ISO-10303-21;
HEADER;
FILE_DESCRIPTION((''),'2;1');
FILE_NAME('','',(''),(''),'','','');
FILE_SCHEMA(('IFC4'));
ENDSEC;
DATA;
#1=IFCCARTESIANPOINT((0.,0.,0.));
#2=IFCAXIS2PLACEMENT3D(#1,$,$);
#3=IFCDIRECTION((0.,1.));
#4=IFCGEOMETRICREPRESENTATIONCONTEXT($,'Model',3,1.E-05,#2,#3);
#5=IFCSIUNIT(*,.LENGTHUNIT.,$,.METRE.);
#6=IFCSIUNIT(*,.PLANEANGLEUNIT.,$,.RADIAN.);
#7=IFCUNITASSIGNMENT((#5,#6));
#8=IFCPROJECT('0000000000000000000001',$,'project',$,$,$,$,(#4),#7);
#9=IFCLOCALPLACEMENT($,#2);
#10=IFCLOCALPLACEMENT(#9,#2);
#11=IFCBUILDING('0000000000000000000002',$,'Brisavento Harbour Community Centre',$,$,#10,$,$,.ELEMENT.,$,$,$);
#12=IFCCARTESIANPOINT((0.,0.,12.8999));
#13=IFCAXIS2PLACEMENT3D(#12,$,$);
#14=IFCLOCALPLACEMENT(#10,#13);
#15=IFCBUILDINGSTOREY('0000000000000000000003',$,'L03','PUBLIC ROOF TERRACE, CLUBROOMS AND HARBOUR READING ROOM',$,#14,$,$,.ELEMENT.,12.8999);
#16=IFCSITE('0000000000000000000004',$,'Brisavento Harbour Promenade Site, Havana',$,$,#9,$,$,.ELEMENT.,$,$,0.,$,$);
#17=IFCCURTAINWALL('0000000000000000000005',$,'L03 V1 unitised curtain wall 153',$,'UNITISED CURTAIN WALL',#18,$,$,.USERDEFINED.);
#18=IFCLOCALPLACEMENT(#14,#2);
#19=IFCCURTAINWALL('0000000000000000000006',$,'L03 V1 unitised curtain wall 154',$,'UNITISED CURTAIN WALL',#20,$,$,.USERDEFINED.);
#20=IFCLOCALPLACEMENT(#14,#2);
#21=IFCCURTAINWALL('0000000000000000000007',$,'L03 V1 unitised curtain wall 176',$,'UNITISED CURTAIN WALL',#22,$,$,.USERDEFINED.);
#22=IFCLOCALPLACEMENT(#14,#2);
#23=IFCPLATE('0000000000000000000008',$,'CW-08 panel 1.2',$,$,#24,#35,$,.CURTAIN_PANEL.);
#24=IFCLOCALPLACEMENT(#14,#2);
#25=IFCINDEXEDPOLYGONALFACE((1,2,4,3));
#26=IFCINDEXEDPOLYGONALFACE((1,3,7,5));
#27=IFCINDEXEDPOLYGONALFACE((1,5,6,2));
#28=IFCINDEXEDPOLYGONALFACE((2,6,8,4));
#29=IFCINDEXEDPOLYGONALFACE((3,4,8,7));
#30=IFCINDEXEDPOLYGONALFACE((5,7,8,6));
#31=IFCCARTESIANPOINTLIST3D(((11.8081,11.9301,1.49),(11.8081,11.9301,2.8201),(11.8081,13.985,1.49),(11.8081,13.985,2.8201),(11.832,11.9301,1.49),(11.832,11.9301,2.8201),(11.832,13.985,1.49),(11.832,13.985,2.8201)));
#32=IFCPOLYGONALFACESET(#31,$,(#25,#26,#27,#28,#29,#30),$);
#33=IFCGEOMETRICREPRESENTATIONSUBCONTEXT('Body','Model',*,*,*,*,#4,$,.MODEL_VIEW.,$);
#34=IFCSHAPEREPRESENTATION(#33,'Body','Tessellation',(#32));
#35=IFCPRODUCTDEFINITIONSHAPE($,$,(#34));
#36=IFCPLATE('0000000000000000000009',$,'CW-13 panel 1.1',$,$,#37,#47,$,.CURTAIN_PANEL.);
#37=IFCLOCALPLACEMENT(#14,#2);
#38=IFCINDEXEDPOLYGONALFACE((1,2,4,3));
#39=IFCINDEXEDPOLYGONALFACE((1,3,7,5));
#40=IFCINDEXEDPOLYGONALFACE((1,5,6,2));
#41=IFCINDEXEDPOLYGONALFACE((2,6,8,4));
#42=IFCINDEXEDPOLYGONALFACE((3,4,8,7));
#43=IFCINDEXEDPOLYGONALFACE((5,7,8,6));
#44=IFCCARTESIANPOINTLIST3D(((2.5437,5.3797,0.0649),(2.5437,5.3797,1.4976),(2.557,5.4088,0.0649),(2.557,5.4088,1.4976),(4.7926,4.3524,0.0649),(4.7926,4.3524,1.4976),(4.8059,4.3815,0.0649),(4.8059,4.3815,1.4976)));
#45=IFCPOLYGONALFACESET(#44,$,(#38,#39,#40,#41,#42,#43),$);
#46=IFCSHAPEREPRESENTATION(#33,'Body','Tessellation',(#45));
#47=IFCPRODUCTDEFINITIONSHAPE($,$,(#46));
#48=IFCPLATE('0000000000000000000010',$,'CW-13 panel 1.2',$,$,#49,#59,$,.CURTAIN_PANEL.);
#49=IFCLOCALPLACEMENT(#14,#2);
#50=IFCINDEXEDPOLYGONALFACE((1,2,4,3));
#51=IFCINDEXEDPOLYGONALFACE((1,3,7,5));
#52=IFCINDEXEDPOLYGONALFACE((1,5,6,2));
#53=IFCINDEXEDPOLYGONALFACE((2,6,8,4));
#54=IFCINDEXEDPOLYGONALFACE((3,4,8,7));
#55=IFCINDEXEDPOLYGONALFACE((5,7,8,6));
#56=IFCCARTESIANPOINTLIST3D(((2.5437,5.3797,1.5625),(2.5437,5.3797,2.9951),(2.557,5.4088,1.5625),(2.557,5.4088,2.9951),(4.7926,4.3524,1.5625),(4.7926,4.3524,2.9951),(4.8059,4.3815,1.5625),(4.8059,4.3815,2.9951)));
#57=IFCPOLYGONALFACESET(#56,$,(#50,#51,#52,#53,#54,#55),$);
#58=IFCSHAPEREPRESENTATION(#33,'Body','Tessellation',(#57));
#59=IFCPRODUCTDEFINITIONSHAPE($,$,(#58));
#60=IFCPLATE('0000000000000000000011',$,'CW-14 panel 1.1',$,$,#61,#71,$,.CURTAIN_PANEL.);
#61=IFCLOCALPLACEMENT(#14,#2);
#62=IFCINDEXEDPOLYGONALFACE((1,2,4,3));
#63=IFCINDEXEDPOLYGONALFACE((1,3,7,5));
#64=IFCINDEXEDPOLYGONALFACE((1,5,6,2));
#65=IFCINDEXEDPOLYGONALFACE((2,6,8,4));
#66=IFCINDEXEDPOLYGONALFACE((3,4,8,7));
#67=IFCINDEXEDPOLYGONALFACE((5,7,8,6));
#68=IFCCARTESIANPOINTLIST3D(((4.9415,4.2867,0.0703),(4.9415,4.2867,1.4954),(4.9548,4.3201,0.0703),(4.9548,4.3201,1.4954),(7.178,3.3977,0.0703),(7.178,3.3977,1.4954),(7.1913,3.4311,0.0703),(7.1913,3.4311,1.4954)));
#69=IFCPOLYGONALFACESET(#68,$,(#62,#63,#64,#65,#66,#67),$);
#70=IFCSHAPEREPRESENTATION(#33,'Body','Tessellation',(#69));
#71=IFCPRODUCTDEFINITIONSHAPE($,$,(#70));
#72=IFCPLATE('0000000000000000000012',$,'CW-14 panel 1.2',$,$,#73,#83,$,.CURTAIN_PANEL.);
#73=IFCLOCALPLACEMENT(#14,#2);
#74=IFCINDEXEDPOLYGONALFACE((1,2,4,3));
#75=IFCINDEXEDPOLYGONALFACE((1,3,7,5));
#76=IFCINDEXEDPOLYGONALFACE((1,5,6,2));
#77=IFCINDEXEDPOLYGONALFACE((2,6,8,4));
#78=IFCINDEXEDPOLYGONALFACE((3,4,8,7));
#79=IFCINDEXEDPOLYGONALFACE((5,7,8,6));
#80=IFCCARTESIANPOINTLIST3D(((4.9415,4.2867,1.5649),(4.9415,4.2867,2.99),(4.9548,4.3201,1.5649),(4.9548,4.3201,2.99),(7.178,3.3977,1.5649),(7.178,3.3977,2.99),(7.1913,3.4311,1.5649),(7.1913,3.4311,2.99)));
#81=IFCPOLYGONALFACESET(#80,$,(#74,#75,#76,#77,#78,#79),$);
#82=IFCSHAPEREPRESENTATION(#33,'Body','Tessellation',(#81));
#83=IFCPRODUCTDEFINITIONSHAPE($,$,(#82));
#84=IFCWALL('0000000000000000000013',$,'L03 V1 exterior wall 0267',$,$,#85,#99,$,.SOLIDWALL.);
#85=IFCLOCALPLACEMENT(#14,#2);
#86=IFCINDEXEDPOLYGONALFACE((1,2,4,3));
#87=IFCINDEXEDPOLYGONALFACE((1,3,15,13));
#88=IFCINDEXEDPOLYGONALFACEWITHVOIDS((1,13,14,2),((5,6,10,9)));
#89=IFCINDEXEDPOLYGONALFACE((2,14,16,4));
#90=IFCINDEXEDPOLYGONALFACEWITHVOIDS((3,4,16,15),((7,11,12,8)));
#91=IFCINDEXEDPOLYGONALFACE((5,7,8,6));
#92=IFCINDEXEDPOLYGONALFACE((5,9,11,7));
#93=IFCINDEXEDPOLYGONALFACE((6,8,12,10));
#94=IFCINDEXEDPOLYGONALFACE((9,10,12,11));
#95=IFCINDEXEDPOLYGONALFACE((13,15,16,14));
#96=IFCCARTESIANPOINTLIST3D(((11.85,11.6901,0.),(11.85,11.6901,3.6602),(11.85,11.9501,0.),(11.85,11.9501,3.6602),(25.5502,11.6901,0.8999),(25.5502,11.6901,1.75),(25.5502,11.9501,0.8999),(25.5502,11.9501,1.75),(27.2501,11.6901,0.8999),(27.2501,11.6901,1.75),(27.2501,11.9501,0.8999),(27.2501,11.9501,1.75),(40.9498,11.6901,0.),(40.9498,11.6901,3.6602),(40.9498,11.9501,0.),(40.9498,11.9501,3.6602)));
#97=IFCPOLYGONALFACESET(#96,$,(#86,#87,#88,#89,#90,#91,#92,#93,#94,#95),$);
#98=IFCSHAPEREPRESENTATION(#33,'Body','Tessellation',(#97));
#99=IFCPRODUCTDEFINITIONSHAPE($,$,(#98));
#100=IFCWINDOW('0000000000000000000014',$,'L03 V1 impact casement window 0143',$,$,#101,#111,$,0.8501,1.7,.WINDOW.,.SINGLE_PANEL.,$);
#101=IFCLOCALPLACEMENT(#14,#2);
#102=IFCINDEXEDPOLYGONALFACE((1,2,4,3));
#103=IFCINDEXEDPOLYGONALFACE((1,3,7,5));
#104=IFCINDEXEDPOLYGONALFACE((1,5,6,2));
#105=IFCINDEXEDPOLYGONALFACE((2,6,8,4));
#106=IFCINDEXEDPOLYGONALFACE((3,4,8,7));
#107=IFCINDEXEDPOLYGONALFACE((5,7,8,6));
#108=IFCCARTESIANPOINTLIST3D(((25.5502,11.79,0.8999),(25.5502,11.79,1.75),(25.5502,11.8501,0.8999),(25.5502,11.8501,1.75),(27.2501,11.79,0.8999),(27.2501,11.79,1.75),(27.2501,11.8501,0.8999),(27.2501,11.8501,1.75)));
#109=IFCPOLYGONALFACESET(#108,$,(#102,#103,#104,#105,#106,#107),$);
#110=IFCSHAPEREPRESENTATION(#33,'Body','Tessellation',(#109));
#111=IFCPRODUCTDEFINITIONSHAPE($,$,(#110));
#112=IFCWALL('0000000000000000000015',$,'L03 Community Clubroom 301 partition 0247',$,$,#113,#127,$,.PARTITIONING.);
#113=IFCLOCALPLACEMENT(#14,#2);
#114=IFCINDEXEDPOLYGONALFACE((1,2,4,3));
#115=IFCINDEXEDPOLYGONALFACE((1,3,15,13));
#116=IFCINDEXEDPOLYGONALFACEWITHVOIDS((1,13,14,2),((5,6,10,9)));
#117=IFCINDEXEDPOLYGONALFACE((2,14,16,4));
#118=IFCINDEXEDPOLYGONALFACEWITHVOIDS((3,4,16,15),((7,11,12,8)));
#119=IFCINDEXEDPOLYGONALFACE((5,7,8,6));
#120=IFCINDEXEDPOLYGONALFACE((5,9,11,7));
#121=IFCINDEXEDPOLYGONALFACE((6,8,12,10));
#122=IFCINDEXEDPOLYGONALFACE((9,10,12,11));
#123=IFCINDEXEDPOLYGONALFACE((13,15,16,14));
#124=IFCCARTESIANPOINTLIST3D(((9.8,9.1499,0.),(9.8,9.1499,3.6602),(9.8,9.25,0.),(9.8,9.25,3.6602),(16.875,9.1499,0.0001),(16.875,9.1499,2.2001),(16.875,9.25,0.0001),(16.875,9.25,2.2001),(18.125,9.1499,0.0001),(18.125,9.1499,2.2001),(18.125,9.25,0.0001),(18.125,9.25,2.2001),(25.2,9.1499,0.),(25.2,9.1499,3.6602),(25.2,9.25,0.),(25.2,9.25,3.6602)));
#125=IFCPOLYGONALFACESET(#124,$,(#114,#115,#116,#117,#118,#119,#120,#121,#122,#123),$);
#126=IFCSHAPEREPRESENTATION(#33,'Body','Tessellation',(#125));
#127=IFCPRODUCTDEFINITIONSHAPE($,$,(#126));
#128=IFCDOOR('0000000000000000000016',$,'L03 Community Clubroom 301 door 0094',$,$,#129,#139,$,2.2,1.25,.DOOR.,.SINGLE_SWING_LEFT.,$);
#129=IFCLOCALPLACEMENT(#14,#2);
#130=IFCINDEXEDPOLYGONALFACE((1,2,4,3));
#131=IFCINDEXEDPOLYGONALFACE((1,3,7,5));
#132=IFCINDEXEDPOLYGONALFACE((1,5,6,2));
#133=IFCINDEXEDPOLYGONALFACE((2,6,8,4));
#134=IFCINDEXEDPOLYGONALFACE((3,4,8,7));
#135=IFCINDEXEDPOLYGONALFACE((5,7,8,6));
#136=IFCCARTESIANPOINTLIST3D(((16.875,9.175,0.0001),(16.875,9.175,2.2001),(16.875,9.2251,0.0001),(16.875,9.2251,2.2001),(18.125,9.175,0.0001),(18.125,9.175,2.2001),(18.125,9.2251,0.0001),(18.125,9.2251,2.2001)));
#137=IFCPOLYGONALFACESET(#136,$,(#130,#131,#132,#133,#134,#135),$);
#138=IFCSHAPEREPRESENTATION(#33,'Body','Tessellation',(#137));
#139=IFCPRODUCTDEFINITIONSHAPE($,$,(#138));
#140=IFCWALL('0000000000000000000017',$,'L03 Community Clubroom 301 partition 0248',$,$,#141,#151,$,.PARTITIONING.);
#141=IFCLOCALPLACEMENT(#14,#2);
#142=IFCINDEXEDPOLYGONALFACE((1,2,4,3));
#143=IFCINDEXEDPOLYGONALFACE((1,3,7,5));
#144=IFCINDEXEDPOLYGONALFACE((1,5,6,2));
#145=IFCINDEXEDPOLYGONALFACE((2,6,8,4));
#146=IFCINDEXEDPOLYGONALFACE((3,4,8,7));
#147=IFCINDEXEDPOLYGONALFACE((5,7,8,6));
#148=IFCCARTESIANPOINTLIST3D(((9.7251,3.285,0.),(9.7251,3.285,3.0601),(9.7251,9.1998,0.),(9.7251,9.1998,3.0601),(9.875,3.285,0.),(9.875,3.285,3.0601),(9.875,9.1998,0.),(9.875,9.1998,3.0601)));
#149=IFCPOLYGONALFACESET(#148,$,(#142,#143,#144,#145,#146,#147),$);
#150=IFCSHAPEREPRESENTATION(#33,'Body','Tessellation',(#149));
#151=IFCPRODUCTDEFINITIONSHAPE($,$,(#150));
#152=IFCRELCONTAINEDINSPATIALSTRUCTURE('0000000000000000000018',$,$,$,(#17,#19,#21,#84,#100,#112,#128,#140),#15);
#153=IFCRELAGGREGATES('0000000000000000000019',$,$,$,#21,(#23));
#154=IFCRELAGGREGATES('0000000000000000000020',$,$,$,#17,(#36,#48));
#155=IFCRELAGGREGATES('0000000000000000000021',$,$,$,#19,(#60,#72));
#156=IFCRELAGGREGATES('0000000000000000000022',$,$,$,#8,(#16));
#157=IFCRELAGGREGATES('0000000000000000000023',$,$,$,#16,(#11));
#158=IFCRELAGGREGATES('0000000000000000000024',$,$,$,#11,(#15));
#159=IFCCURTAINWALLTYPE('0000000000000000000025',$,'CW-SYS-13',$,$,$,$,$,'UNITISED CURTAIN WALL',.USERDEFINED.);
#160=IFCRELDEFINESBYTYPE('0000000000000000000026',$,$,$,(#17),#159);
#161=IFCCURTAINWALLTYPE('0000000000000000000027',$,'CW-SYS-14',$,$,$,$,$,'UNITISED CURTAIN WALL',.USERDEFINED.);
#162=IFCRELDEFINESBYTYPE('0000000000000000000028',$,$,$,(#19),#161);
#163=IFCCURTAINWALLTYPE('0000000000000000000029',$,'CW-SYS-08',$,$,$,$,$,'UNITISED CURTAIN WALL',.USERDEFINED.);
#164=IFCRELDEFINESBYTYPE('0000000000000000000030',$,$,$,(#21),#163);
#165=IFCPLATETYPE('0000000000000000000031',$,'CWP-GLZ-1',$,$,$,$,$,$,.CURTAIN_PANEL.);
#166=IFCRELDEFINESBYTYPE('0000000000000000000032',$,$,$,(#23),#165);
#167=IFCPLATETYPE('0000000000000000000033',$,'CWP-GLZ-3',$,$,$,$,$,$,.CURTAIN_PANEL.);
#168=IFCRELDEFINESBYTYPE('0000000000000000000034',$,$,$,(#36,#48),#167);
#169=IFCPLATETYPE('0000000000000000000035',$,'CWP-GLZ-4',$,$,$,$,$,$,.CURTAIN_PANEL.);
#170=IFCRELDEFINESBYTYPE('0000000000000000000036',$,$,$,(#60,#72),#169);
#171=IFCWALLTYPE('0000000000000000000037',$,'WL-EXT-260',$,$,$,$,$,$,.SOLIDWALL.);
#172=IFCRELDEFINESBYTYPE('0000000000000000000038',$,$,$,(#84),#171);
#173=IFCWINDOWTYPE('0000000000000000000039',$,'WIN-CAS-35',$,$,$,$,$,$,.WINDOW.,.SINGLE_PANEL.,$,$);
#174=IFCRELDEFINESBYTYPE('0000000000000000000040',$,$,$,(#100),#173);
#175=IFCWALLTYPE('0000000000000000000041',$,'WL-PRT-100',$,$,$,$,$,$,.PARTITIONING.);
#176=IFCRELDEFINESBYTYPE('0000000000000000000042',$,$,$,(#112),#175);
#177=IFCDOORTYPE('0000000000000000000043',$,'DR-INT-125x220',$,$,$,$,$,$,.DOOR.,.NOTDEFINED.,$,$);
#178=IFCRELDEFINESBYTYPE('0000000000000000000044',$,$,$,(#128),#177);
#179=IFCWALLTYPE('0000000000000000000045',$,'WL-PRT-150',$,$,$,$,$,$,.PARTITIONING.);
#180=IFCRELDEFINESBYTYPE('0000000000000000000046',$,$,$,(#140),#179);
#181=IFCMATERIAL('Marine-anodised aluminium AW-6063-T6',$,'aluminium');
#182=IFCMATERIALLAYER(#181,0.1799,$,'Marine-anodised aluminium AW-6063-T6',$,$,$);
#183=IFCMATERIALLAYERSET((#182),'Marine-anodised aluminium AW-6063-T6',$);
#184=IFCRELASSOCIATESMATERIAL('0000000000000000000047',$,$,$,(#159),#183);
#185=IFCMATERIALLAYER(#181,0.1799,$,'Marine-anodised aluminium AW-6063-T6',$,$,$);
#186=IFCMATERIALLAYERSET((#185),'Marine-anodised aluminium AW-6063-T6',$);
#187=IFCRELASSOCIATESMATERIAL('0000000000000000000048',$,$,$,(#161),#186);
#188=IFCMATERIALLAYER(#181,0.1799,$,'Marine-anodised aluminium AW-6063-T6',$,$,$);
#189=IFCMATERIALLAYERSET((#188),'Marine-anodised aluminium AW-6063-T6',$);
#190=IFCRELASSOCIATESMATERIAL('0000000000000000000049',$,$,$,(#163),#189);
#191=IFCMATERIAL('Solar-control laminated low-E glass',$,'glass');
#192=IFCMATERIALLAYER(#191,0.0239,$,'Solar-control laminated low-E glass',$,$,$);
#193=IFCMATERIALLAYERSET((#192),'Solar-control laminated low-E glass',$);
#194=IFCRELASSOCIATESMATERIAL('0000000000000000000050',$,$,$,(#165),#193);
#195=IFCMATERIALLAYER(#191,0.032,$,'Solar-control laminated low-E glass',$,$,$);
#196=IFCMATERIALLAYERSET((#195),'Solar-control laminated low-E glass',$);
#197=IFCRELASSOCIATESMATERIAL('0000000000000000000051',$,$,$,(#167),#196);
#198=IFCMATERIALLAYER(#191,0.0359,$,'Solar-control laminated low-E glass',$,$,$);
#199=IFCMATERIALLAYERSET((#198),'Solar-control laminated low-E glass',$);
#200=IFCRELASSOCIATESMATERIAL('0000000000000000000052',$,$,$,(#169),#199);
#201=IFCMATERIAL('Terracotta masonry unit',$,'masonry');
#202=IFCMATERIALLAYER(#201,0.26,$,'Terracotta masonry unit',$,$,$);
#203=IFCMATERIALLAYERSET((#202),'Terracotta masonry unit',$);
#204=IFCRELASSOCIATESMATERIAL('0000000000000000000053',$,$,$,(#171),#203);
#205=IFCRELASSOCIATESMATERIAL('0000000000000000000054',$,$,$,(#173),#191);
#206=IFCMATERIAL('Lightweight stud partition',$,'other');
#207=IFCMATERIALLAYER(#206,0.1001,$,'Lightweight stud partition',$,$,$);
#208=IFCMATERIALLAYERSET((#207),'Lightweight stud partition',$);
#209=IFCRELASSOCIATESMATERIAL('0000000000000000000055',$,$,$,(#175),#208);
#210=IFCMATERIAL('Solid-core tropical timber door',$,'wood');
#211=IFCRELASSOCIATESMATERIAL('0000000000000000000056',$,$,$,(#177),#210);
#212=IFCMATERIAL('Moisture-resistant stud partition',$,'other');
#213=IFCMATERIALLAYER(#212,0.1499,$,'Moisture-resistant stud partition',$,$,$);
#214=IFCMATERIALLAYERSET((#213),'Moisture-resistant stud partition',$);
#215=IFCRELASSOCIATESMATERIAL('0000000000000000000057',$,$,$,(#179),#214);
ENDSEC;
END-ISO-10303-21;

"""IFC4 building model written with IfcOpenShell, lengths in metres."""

from ifc_helpers import new_model, si_unit, direction, frame, frame_2d, origin, origin_2d, place, context, subcontext, project, spatial, rectangle, extrude, material, layer, layer_set, type_object, element, fill, aggregate, save


model = new_model("IFC4")

# Units and contexts
model_context = context("Model", 3, precision=1e-05, world=origin(), true_north=direction((0.0, 1.0)))
body_context = subcontext(model_context, "Body", "Model", "MODEL_VIEW")
ifc_project = project(units=[si_unit("LENGTHUNIT", "METRE"), si_unit("PLANEANGLEUNIT", "RADIAN")], contexts=[model_context])

# Site, building, storey
site_placement = place(None, origin())
site = spatial("IfcSite", under=ifc_project, at=site_placement, Name="Brisavento Harbour Promenade Site, Havana", CompositionType="ELEMENT", RefElevation=0.0)
building_placement = place(site_placement, origin())
building = spatial("IfcBuilding", under=site, at=building_placement, Name="Brisavento Harbour Community Centre", CompositionType="ELEMENT")
storey_placement = place(building_placement, frame((0.0, 0.0, 12.8999)))
storey = spatial("IfcBuildingStorey", under=building, at=storey_placement, Name="L03", Description="PUBLIC ROOF TERRACE, CLUBROOMS AND HARBOUR READING ROOM", CompositionType="ELEMENT", Elevation=12.8999)

# Curtain wall
ifc_material_1 = material(Name="Marine-anodised aluminium AW-6063-T6", Category="aluminium")
ifc_layer_1 = layer(ifc_material_1, 0.1799, Name="Marine-anodised aluminium AW-6063-T6")
ifc_layer_set_1 = layer_set([ifc_layer_1], Name="Marine-anodised aluminium AW-6063-T6")
curtain_wall_type_1 = type_object("IfcCurtainWallType", Name="CW-SYS-13", ElementType="UNITISED CURTAIN WALL", PredefinedType="USERDEFINED", material=ifc_layer_set_1)
curtain_wall_1_placement = place(storey_placement, origin())
curtain_wall_1 = element("IfcCurtainWall", 1, at=curtain_wall_1_placement, inside=storey, type_object=curtain_wall_type_1, Name="L03 V1 unitised curtain wall 153", ObjectType="UNITISED CURTAIN WALL", PredefinedType="USERDEFINED")

# Curtain wall
ifc_layer_2 = layer(ifc_material_1, 0.1799, Name="Marine-anodised aluminium AW-6063-T6")
ifc_layer_set_2 = layer_set([ifc_layer_2], Name="Marine-anodised aluminium AW-6063-T6")
curtain_wall_type_2 = type_object("IfcCurtainWallType", Name="CW-SYS-14", ElementType="UNITISED CURTAIN WALL", PredefinedType="USERDEFINED", material=ifc_layer_set_2)
curtain_wall_2_placement = place(storey_placement, origin())
curtain_wall_2 = element("IfcCurtainWall", 2, at=curtain_wall_2_placement, inside=storey, type_object=curtain_wall_type_2, Name="L03 V1 unitised curtain wall 154", ObjectType="UNITISED CURTAIN WALL", PredefinedType="USERDEFINED")

# Curtain wall
ifc_layer_3 = layer(ifc_material_1, 0.1799, Name="Marine-anodised aluminium AW-6063-T6")
ifc_layer_set_3 = layer_set([ifc_layer_3], Name="Marine-anodised aluminium AW-6063-T6")
curtain_wall_type_3 = type_object("IfcCurtainWallType", Name="CW-SYS-08", ElementType="UNITISED CURTAIN WALL", PredefinedType="USERDEFINED", material=ifc_layer_set_3)
curtain_wall_3_placement = place(storey_placement, origin())
curtain_wall_3 = element("IfcCurtainWall", 3, at=curtain_wall_3_placement, inside=storey, type_object=curtain_wall_type_3, Name="L03 V1 unitised curtain wall 176", ObjectType="UNITISED CURTAIN WALL", PredefinedType="USERDEFINED")

# Plates
ifc_material_2 = material(Name="Solar-control laminated low-E glass", Category="glass")
ifc_layer_4 = layer(ifc_material_2, 0.0239, Name="Solar-control laminated low-E glass")
ifc_layer_set_4 = layer_set([ifc_layer_4], Name="Solar-control laminated low-E glass")
plate_type_1 = type_object("IfcPlateType", Name="CWP-GLZ-1", PredefinedType="CURTAIN_PANEL", material=ifc_layer_set_4)
plate_1_placement = place(storey_placement, frame((11.8201, 12.9575, 1.49), z_axis=(0.0, 0.0, 1.0), x_axis=(0.0, -1.0, 0.0)))
plate_1 = element("IfcPlate", 4, at=plate_1_placement, type_object=plate_type_1, Name="CW-08 panel 1.2", PredefinedType="CURTAIN_PANEL", context=body_context, shape_type="SweptSolid", body=[
    extrude(rectangle(XDim=2.0549, YDim=0.0239, at=origin_2d()), origin(), (0.0, 0.0, 1.0), 1.3301),
])
aggregate(curtain_wall_3, [plate_1])
ifc_layer_5 = layer(ifc_material_2, 0.032, Name="Solar-control laminated low-E glass")
ifc_layer_set_5 = layer_set([ifc_layer_5], Name="Solar-control laminated low-E glass")
plate_type_2 = type_object("IfcPlateType", Name="CWP-GLZ-3", PredefinedType="CURTAIN_PANEL", material=ifc_layer_set_5)
plate_2_placement = place(storey_placement, frame((3.6748, 4.8806, 0.0649), z_axis=(0.0, 0.0, 1.0), x_axis=(-0.909598, 0.41549, 0.0)))
plate_2 = element("IfcPlate", 5, at=plate_2_placement, type_object=plate_type_2, Name="CW-13 panel 1.1", PredefinedType="CURTAIN_PANEL", context=body_context, shape_type="SweptSolid", body=[
    extrude(rectangle(XDim=2.4724, YDim=0.032, at=origin_2d()), origin(), (0.0, 0.0, 1.0), 1.4326),
])
plate_3_placement = place(storey_placement, frame((3.6748, 4.8806, 1.5625), z_axis=(0.0, 0.0, 1.0), x_axis=(-0.909598, 0.41549, 0.0)))
plate_3 = element("IfcPlate", 6, at=plate_3_placement, type_object=plate_type_2, Name="CW-13 panel 1.2", PredefinedType="CURTAIN_PANEL", context=body_context, shape_type="SweptSolid", body=[
    extrude(rectangle(XDim=2.4724, YDim=0.032, at=origin_2d()), origin(), (0.0, 0.0, 1.0), 1.4326),
])
aggregate(curtain_wall_1, [plate_2, plate_3])
ifc_layer_6 = layer(ifc_material_2, 0.0359, Name="Solar-control laminated low-E glass")
ifc_layer_set_6 = layer_set([ifc_layer_6], Name="Solar-control laminated low-E glass")
plate_type_3 = type_object("IfcPlateType", Name="CWP-GLZ-4", PredefinedType="CURTAIN_PANEL", material=ifc_layer_set_6)
plate_4_placement = place(storey_placement, frame((6.0664, 3.8589, 0.0703), z_axis=(0.0, 0.0, 1.0), x_axis=(-0.929279, 0.369379, 0.0)))
plate_4 = element("IfcPlate", 7, at=plate_4_placement, type_object=plate_type_3, Name="CW-14 panel 1.1", PredefinedType="CURTAIN_PANEL", context=body_context, shape_type="SweptSolid", body=[
    extrude(rectangle(XDim=2.4067, YDim=0.0359, at=origin_2d()), origin(), (0.0, 0.0, 1.0), 1.425),
])
plate_5_placement = place(storey_placement, frame((6.0664, 3.8589, 1.5649), z_axis=(0.0, 0.0, 1.0), x_axis=(-0.929279, 0.369379, 0.0)))
plate_5 = element("IfcPlate", 8, at=plate_5_placement, type_object=plate_type_3, Name="CW-14 panel 1.2", PredefinedType="CURTAIN_PANEL", context=body_context, shape_type="SweptSolid", body=[
    extrude(rectangle(XDim=2.4067, YDim=0.0359, at=origin_2d()), origin(), (0.0, 0.0, 1.0), 1.425),
])
aggregate(curtain_wall_2, [plate_4, plate_5])

# Wall, opening, window
ifc_material_3 = material(Name="Terracotta masonry unit", Category="masonry")
ifc_layer_7 = layer(ifc_material_3, 0.26, Name="Terracotta masonry unit")
ifc_layer_set_7 = layer_set([ifc_layer_7], Name="Terracotta masonry unit")
wall_type_1 = type_object("IfcWallType", Name="WL-EXT-260", PredefinedType="SOLIDWALL", material=ifc_layer_set_7)
wall_1_placement = place(storey_placement, frame((11.8501, 11.8201, 0.0), z_axis=(0.0, 0.0, 1.0), x_axis=(1.0, 0.0, 0.0)))
wall_1 = element("IfcWall", 9, at=wall_1_placement, inside=storey, type_object=wall_type_1, Name="L03 V1 exterior wall 0267", PredefinedType="SOLIDWALL", context=body_context, shape_type="SweptSolid", body=[
    extrude(rectangle(XDim=29.0999, YDim=0.26, at=frame_2d((14.5498, 0.0))), origin(), (0.0, 0.0, 1.0), 3.6602),
])
opening_1_placement = place(wall_1_placement, frame((13.7, 0.0, 0.8999)))
opening_1 = element("IfcOpeningElement", 10, at=opening_1_placement, cuts=wall_1, PredefinedType="OPENING", context=body_context, shape_type="SweptSolid", body=[
    extrude(rectangle(XDim=1.7, YDim=0.8501, at=frame_2d((0.8501, 0.425))), frame((0.0, 0.1401, 0.0), z_axis=(0.0, -1.0, 0.0), x_axis=(1.0, 0.0, 0.0)), (0.0, 0.0, 1.0), 0.28),
])
window_type = type_object("IfcWindowType", Name="WIN-CAS-35", PartitioningType="SINGLE_PANEL", PredefinedType="WINDOW", material=ifc_material_2)
window_placement = place(opening_1_placement, origin())
window = element("IfcWindow", 11, at=window_placement, inside=storey, type_object=window_type, Name="L03 V1 impact casement window 0143", OverallHeight=0.8501, OverallWidth=1.7, PartitioningType="SINGLE_PANEL", PredefinedType="WINDOW", context=body_context, shape_type="SweptSolid", body=[
    extrude(rectangle(XDim=1.7, YDim=0.8501, at=frame_2d((0.8501, 0.425))), frame((0.0, 0.03, 0.0), z_axis=(0.0, -1.0, 0.0), x_axis=(1.0, 0.0, 0.0)), (0.0, 0.0, 1.0), 0.0601),
])
fill(opening_1, window)

# Wall, opening, door
ifc_material_4 = material(Name="Lightweight stud partition", Category="other")
ifc_layer_8 = layer(ifc_material_4, 0.1001, Name="Lightweight stud partition")
ifc_layer_set_8 = layer_set([ifc_layer_8], Name="Lightweight stud partition")
wall_type_2 = type_object("IfcWallType", Name="WL-PRT-100", PredefinedType="PARTITIONING", material=ifc_layer_set_8)
wall_2_placement = place(storey_placement, frame((25.2, 9.2, 0.0), z_axis=(0.0, 0.0, 1.0), x_axis=(-1.0, 0.0, 0.0)))
wall_2 = element("IfcWall", 12, at=wall_2_placement, inside=storey, type_object=wall_type_2, Name="L03 Community Clubroom 301 partition 0247", PredefinedType="PARTITIONING", context=body_context, shape_type="SweptSolid", body=[
    extrude(rectangle(XDim=15.3999, YDim=0.1001, at=frame_2d((7.7, 0.0))), origin(), (0.0, 0.0, 1.0), 3.6602),
])
opening_2_placement = place(wall_2_placement, frame((7.075, 0.0, 0.0)))
opening_2 = element("IfcOpeningElement", 13, at=opening_2_placement, cuts=wall_2, PredefinedType="OPENING", context=body_context, shape_type="SweptSolid", body=[
    extrude(rectangle(XDim=1.25, YDim=2.2, at=frame_2d((0.625, 1.1001))), frame((0.0, 0.0601, 0.0), z_axis=(0.0, -1.0, 0.0), x_axis=(1.0, 0.0, 0.0)), (0.0, 0.0, 1.0), 0.1201),
])
ifc_material_5 = material(Name="Solid-core tropical timber door", Category="wood")
door_type_1 = type_object("IfcDoorType", Name="DR-INT-125x220", OperationType="NOTDEFINED", PredefinedType="DOOR", material=ifc_material_5)
door_1_placement = place(opening_2_placement, origin())
door_1 = element("IfcDoor", 14, at=door_1_placement, inside=storey, type_object=door_type_1, Name="L03 Community Clubroom 301 door 0094", OperationType="SINGLE_SWING_LEFT", OverallHeight=2.2, OverallWidth=1.25, PredefinedType="DOOR", context=body_context, shape_type="SweptSolid", body=[
    extrude(rectangle(XDim=1.25, YDim=2.2, at=frame_2d((0.625, 1.1001))), frame((0.0, 0.0249, 0.0), z_axis=(0.0, -1.0, 0.0), x_axis=(1.0, 0.0, 0.0)), (0.0, 0.0, 1.0), 0.05),
])
fill(opening_2, door_1)

# Wall
ifc_material_6 = material(Name="Moisture-resistant stud partition", Category="other")
ifc_layer_9 = layer(ifc_material_6, 0.1499, Name="Moisture-resistant stud partition")
ifc_layer_set_9 = layer_set([ifc_layer_9], Name="Moisture-resistant stud partition")
wall_type_3 = type_object("IfcWallType", Name="WL-PRT-150", PredefinedType="PARTITIONING", material=ifc_layer_set_9)
wall_3_placement = place(storey_placement, frame((9.8, 9.2, 0.0), z_axis=(0.0, 0.0, 1.0), x_axis=(0.0, -1.0, 0.0)))
element("IfcWall", 15, at=wall_3_placement, inside=storey, type_object=wall_type_3, Name="L03 Community Clubroom 301 partition 0248", PredefinedType="PARTITIONING", context=body_context, shape_type="SweptSolid", body=[
    extrude(rectangle(XDim=5.9148, YDim=0.1499, at=frame_2d((2.9575, 0.0))), origin(), (0.0, 0.0, 1.0), 3.0601),
])

save(model, "model.ifc")
